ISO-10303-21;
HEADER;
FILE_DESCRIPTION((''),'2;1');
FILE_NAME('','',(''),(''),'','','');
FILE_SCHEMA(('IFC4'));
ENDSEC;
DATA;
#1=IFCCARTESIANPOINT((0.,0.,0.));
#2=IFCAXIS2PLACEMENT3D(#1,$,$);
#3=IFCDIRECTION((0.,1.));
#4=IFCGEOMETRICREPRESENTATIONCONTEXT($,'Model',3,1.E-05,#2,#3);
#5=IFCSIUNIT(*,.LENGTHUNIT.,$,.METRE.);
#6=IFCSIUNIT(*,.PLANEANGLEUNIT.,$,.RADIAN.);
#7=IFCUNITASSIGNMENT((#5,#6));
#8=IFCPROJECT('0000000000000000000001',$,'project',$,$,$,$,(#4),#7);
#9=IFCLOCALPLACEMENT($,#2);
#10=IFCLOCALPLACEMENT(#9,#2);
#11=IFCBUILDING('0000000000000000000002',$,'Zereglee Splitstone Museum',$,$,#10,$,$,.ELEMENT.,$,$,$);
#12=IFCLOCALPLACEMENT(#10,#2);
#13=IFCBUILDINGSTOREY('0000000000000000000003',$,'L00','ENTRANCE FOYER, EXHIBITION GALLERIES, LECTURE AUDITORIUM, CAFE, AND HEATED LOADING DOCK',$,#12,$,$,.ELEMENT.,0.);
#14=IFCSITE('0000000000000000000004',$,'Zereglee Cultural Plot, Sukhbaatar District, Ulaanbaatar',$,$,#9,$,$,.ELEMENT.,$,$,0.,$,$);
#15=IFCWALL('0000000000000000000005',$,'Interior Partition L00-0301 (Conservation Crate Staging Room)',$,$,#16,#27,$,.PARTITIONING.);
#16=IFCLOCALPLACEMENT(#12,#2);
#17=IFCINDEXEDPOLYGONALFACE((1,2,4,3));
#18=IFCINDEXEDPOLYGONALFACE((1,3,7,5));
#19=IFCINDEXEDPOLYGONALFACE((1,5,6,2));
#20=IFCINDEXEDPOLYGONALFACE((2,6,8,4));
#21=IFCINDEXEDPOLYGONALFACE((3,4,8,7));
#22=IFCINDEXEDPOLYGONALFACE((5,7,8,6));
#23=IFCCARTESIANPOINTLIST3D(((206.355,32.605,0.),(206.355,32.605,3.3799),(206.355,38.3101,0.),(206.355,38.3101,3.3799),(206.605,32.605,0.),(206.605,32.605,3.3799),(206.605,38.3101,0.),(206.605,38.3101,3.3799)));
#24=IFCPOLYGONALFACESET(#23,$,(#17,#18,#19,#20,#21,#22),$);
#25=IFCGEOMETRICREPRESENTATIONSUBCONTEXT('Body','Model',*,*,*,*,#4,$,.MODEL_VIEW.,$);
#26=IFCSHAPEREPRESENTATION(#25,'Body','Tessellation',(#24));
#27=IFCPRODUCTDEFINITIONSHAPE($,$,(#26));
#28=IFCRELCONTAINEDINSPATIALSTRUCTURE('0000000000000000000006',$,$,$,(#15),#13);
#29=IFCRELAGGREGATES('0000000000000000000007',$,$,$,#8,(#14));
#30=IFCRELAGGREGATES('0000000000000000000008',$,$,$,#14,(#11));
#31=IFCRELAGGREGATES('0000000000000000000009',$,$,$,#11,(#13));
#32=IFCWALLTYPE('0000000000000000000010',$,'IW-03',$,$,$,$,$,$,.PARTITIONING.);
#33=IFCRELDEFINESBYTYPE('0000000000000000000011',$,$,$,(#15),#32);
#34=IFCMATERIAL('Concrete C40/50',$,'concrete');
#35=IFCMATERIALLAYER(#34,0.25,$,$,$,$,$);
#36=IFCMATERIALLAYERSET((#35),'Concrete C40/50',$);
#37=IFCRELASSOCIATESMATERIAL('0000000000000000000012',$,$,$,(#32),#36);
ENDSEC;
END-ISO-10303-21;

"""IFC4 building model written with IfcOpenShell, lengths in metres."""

from ifc_helpers import new_model, si_unit, direction, frame, frame_2d, origin, place, context, subcontext, project, spatial, rectangle, extrude, material, layer, layer_set, type_object, element, save


model = new_model("IFC4")

# Units and contexts
model_context = context("Model", 3, precision=1e-05, world=origin(), true_north=direction((0.0, 1.0)))
body_context = subcontext(model_context, "Body", "Model", "MODEL_VIEW")
ifc_project = project(units=[si_unit("LENGTHUNIT", "METRE"), si_unit("PLANEANGLEUNIT", "RADIAN")], contexts=[model_context])

# Site, building, storey
site_placement = place(None, origin())
site = spatial("IfcSite", under=ifc_project, at=site_placement, Name="Zereglee Cultural Plot, Sukhbaatar District, Ulaanbaatar", CompositionType="ELEMENT", RefElevation=0.0)
building_placement = place(site_placement, origin())
building = spatial("IfcBuilding", under=site, at=building_placement, Name="Zereglee Splitstone Museum", CompositionType="ELEMENT")
storey_placement = place(building_placement, origin())
storey = spatial("IfcBuildingStorey", under=building, at=storey_placement, Name="L00", Description="ENTRANCE FOYER, EXHIBITION GALLERIES, LECTURE AUDITORIUM, CAFE, AND HEATED LOADING DOCK", CompositionType="ELEMENT", Elevation=0.0)

# Shared definitions
ifc_material_1 = material(Name="Concrete C40/50", Category="concrete")
ifc_layer_1 = layer(ifc_material_1, 0.25)
ifc_layer_set_1 = layer_set([ifc_layer_1], Name="Concrete C40/50")
wall_type = type_object("IfcWallType", Name="IW-03", PredefinedType="PARTITIONING", material=ifc_layer_set_1)

# Wall
wall_1_placement = place(storey_placement, frame((206.48, 32.605, 0.0), z_axis=(0.0, 0.0, 1.0), x_axis=(0.0, 1.0, 0.0)))
element("IfcWall", 1, at=wall_1_placement, inside=storey, type_object=wall_type, Name="Interior Partition L00-0301 (Conservation Crate Staging Room)", PredefinedType="PARTITIONING", context=body_context, shape_type="SweptSolid", body=[
    extrude(rectangle(XDim=5.7051, YDim=0.25, at=frame_2d((2.8525, 0.0))), origin(), (0.0, 0.0, 1.0), 3.3799),
])

save(model, "model.ifc")
